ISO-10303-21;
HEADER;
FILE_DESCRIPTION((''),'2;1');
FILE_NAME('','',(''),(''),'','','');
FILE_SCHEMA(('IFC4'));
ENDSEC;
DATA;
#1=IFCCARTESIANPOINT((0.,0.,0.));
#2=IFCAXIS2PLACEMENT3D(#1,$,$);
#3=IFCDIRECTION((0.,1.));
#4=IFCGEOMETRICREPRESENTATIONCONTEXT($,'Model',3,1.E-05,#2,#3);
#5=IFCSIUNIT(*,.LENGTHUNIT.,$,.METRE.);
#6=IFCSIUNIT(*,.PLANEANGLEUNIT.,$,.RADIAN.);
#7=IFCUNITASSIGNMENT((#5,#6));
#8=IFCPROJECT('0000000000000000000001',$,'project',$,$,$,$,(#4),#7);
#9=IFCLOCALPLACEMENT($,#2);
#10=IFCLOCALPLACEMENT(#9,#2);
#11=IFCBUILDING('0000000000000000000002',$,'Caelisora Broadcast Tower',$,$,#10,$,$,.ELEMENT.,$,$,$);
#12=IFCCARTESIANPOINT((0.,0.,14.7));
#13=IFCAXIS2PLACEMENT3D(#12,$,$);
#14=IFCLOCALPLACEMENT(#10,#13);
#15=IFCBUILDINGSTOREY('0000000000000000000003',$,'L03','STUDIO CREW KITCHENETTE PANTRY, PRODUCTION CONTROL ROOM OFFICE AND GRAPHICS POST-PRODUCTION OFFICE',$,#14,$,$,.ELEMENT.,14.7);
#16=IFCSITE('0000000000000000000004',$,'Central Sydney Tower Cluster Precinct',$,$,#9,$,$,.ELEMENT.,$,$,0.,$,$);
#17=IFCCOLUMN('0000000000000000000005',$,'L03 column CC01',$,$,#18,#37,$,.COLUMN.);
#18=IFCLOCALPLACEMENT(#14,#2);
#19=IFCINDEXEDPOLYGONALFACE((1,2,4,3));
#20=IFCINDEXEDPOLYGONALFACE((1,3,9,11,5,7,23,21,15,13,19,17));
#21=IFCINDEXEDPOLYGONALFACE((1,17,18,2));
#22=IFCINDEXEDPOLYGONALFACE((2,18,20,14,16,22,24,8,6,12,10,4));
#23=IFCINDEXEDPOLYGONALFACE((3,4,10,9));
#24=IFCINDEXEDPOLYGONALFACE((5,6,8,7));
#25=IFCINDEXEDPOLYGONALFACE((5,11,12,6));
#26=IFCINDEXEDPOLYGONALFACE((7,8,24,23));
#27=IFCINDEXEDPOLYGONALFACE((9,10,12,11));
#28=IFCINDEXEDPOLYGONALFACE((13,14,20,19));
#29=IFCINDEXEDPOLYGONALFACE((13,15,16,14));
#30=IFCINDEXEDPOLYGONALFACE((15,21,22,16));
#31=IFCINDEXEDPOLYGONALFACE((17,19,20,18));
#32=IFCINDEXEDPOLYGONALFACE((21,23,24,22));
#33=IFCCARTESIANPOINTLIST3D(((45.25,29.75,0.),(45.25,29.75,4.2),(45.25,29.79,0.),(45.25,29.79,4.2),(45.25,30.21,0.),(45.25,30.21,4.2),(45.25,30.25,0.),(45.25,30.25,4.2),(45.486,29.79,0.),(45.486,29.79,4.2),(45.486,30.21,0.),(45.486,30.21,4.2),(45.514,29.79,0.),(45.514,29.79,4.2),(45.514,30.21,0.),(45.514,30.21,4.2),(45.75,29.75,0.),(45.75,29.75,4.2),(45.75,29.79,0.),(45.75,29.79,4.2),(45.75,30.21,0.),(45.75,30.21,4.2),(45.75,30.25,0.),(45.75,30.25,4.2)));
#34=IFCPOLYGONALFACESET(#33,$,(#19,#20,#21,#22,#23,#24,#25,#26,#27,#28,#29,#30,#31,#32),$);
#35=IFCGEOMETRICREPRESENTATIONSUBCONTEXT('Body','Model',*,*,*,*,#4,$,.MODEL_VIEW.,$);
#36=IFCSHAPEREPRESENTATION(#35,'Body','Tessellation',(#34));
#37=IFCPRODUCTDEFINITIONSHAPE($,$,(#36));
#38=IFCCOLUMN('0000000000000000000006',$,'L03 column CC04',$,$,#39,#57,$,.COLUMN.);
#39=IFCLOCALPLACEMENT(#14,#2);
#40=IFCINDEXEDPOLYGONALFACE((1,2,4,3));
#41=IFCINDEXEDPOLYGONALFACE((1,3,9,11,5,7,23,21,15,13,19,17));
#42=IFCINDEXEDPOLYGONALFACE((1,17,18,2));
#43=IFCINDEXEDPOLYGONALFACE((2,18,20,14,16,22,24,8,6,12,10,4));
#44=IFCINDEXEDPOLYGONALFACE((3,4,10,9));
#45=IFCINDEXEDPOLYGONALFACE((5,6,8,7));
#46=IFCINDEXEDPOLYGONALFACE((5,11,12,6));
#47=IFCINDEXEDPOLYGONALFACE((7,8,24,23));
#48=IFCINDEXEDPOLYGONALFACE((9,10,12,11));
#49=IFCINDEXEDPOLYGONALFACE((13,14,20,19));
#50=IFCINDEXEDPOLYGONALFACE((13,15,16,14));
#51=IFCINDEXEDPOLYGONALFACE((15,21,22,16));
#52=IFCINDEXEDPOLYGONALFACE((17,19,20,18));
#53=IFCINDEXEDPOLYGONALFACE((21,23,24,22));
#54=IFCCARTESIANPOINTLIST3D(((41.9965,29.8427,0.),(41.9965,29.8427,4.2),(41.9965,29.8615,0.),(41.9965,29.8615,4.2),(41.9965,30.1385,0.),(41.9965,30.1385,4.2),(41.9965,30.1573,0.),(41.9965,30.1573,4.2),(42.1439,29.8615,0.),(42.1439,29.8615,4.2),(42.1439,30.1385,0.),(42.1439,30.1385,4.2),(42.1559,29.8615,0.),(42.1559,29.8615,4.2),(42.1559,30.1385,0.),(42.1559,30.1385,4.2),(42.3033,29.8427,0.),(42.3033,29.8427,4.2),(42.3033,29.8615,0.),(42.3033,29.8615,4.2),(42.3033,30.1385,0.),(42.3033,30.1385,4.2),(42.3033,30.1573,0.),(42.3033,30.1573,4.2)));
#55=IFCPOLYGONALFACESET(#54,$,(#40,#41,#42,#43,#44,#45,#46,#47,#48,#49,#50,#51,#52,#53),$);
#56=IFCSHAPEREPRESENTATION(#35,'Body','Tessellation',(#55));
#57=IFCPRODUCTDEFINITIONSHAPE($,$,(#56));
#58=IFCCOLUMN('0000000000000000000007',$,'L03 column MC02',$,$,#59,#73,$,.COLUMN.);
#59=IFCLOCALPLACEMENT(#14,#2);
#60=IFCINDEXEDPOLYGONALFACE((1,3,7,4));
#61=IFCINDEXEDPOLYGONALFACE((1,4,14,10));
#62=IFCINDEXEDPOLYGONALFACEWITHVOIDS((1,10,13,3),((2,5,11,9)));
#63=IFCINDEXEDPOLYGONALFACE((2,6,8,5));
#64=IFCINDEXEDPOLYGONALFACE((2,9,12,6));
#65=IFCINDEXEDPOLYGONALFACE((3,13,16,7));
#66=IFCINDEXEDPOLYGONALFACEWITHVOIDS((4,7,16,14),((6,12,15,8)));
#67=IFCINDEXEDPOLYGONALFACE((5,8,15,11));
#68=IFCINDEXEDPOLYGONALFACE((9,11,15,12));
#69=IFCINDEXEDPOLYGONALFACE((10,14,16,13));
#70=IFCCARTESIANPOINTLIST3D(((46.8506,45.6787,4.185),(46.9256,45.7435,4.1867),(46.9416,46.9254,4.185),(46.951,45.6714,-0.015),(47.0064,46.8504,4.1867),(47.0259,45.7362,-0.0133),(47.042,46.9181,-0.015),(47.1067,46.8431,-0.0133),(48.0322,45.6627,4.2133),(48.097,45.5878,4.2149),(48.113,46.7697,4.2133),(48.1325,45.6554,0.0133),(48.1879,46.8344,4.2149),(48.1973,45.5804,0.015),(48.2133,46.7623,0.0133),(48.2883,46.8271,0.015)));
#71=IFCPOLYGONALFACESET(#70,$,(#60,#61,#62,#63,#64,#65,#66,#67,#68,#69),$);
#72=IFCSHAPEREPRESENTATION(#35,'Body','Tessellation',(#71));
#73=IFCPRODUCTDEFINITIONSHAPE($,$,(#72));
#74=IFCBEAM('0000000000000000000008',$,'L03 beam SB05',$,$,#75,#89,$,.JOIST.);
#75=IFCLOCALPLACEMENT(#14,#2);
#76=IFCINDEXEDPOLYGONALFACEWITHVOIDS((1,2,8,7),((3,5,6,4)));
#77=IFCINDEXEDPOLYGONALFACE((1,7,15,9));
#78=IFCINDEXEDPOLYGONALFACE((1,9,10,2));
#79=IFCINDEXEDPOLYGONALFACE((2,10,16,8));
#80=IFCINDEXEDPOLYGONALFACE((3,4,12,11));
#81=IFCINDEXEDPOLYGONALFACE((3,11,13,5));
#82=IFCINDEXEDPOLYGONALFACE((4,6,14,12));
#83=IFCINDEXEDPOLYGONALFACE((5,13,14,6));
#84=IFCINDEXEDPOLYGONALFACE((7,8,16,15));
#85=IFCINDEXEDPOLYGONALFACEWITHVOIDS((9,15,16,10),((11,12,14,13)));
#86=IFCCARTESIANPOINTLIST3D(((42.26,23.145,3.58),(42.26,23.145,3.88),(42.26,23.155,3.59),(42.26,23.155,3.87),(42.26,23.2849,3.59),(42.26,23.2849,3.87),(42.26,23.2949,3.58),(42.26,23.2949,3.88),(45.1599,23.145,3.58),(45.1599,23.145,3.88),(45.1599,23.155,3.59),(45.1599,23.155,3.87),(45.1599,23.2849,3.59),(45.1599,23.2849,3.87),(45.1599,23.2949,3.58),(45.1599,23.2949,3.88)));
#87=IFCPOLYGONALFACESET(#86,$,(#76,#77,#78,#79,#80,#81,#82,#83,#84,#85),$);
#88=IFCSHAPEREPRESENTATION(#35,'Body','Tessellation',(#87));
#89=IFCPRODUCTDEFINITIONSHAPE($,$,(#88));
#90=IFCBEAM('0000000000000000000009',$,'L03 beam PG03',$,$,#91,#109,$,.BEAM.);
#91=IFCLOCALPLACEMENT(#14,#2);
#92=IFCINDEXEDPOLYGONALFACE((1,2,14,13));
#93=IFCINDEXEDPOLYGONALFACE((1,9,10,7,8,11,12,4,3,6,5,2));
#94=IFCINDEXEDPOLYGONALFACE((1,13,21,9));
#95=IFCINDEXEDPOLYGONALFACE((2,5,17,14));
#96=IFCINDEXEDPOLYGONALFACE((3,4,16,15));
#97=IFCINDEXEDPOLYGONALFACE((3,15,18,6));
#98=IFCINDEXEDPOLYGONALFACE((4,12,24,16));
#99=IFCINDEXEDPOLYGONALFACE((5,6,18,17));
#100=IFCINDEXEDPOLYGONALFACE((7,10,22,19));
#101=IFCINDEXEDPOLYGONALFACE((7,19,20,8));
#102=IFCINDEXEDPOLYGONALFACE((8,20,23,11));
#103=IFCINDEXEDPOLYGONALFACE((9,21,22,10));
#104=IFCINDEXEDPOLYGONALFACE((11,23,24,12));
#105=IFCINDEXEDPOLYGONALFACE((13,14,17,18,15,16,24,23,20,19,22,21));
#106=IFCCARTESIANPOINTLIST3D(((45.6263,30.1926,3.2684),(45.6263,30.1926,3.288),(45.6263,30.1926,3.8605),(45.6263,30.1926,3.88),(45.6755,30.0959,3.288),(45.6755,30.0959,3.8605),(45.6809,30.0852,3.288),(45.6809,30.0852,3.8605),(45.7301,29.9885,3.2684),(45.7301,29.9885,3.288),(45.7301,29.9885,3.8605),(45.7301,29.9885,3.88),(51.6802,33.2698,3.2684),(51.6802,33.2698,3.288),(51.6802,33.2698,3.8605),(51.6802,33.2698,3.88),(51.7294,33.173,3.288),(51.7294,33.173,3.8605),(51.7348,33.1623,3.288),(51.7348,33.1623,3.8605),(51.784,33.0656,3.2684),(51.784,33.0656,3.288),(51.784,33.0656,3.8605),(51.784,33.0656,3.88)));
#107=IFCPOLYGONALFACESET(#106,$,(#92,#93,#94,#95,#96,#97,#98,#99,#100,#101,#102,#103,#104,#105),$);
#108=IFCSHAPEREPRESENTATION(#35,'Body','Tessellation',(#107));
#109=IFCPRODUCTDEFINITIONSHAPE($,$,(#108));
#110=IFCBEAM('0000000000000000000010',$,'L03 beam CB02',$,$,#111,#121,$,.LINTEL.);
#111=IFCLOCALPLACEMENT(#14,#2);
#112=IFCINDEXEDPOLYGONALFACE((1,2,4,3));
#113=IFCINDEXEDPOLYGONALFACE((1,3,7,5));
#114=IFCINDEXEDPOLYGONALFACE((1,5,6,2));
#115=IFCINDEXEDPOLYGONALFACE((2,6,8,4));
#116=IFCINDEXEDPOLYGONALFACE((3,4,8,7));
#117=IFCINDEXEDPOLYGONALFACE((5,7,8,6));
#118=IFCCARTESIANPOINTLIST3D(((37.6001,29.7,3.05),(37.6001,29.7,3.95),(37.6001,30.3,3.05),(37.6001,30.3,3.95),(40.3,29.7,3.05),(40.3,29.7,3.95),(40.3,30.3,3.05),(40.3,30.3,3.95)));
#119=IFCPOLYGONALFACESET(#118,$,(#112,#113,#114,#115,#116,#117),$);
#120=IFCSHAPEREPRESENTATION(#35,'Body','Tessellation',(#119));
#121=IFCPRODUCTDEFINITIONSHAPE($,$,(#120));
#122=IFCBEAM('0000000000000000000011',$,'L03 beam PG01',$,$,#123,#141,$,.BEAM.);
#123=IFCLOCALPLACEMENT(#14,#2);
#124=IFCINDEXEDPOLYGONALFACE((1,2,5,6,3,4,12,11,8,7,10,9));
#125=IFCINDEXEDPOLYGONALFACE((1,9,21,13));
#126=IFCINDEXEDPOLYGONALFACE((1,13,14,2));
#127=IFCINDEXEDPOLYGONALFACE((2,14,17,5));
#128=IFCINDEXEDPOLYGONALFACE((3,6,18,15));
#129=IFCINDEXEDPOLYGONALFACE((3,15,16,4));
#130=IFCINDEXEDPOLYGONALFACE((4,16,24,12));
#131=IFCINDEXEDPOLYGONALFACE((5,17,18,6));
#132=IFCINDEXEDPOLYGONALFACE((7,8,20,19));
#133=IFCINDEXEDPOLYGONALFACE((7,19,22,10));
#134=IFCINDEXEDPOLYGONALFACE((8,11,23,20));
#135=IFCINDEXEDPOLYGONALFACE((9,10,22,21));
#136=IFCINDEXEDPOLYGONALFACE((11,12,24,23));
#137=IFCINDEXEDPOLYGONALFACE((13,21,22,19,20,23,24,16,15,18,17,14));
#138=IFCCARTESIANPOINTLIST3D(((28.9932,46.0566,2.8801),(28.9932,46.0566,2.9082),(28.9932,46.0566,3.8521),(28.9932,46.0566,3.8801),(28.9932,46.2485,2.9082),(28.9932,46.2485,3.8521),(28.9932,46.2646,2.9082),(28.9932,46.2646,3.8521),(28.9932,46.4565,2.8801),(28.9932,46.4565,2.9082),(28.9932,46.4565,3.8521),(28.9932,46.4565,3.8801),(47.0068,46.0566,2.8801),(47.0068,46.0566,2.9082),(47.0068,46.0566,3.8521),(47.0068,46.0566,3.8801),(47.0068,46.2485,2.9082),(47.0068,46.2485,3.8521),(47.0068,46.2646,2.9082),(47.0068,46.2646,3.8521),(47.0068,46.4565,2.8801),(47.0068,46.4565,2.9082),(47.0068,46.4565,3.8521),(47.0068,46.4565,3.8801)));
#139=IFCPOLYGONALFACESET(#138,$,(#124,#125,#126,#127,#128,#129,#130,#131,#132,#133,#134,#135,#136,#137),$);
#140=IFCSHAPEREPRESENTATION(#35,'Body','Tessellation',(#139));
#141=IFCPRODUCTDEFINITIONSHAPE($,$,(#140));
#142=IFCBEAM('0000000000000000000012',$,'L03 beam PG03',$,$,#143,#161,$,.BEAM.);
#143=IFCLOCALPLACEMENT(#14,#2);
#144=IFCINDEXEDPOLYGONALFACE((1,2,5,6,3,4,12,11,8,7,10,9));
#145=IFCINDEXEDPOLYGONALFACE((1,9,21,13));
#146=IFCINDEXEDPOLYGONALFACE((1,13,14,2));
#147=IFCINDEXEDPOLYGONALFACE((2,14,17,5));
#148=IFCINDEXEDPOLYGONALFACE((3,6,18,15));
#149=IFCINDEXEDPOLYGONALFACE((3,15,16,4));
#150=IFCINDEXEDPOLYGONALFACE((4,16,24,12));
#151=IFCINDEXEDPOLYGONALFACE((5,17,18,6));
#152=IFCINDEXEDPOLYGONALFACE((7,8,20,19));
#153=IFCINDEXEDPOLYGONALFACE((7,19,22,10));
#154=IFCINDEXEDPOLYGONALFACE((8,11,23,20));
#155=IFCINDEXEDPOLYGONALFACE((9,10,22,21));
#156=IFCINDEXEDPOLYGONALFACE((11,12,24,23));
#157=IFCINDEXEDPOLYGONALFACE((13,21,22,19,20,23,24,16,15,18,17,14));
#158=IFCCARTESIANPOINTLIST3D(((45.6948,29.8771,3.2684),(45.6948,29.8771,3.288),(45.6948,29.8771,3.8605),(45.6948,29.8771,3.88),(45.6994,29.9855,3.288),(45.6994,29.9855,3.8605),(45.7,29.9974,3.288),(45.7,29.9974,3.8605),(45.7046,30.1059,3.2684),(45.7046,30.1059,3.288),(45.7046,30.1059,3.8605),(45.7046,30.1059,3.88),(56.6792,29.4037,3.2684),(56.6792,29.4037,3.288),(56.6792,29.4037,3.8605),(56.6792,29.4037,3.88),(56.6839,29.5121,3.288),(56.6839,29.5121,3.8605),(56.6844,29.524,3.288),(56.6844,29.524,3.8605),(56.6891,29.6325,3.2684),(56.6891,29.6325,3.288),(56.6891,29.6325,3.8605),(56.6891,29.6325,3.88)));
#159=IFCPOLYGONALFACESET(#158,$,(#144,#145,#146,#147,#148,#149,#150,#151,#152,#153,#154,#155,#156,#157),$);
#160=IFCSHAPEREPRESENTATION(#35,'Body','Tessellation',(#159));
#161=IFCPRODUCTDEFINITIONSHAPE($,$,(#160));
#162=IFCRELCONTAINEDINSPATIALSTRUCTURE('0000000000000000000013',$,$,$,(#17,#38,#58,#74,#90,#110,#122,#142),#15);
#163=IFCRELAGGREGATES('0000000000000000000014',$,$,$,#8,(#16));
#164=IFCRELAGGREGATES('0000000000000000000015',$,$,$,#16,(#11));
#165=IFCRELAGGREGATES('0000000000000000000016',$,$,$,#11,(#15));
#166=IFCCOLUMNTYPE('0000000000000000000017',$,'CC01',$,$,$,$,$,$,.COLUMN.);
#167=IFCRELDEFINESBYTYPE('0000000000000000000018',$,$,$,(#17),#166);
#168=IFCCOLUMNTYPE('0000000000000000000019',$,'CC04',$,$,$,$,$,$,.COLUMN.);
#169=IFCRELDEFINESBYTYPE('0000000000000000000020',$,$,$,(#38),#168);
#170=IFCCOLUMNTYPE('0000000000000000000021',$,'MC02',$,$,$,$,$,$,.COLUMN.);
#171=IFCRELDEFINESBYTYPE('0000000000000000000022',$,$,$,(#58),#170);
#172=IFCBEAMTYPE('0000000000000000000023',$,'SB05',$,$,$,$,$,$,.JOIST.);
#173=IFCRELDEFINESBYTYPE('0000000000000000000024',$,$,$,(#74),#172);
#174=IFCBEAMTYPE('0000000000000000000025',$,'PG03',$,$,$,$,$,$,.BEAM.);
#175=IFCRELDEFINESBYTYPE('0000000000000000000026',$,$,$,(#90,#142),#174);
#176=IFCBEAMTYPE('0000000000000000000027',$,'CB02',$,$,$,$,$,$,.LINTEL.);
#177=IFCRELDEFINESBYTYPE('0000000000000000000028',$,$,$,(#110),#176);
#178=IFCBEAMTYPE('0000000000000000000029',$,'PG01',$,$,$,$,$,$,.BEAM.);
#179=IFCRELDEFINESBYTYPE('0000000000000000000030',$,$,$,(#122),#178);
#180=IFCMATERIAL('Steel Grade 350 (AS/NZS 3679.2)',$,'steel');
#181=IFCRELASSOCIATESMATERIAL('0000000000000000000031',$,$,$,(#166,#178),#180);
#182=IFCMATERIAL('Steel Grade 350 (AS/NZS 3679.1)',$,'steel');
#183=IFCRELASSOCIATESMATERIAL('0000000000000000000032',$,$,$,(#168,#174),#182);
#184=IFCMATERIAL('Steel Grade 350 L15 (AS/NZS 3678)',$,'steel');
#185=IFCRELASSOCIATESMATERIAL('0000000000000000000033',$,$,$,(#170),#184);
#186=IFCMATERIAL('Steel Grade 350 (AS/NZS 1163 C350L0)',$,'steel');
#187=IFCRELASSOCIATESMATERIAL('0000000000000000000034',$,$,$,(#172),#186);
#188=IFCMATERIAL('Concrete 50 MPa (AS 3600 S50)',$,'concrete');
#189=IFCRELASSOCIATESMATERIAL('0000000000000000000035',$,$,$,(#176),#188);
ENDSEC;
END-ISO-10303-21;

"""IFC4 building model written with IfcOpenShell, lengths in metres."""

from ifc_helpers import new_model, si_unit, direction, frame, origin, origin_2d, place, context, subcontext, project, spatial, rectangle, hollow_rectangle, i_section, extrude, source, transform, mapped, material, material_profile, profile_set, type_object, type_shapes, element, save


model = new_model("IFC4")

# Units and contexts
model_context = context("Model", 3, precision=1e-05, world=origin(), true_north=direction((0.0, 1.0)))
body_context = subcontext(model_context, "Body", "Model", "MODEL_VIEW")
ifc_project = project(units=[si_unit("LENGTHUNIT", "METRE"), si_unit("PLANEANGLEUNIT", "RADIAN")], contexts=[model_context])

# Site, building, storey
site_placement = place(None, origin())
site = spatial("IfcSite", under=ifc_project, at=site_placement, Name="Central Sydney Tower Cluster Precinct", CompositionType="ELEMENT", RefElevation=0.0)
building_placement = place(site_placement, origin())
building = spatial("IfcBuilding", under=site, at=building_placement, Name="Caelisora Broadcast Tower", CompositionType="ELEMENT")
storey_placement = place(building_placement, frame((0.0, 0.0, 14.7)))
storey = spatial("IfcBuildingStorey", under=building, at=storey_placement, Name="L03", Description="STUDIO CREW KITCHENETTE PANTRY, PRODUCTION CONTROL ROOM OFFICE AND GRAPHICS POST-PRODUCTION OFFICE", CompositionType="ELEMENT", Elevation=14.7)

# Columns
ifc_material_1 = material(Name="Steel Grade 350 (AS/NZS 3679.2)", Category="steel")
ifc_material_profile_1 = material_profile(ifc_material_1, i_section(OverallWidth=0.5, OverallDepth=0.5, WebThickness=0.0281, FlangeThickness=0.04, at=origin_2d()), Name="Steel Grade 350 (AS/NZS 3679.2)")
ifc_profile_set_1 = profile_set([ifc_material_profile_1], Name="Steel Grade 350 (AS/NZS 3679.2)")
column_type_1 = type_object("IfcColumnType", Name="CC01", PredefinedType="COLUMN", material=ifc_profile_set_1)
shared_shape_1 = source(origin(), body_context, "Body", "SweptSolid", [
    extrude(i_section(OverallWidth=0.5, OverallDepth=0.5, WebThickness=0.0281, FlangeThickness=0.04, at=origin_2d()), origin(), (0.0, 0.0, 1.0), 4.2),
])
type_shapes(column_type_1, [shared_shape_1])
column_1_placement = place(storey_placement, frame((45.5, 30.0, 0.0), z_axis=(0.0, 0.0, 1.0), x_axis=(1.0, 0.0, 0.0)))
element("IfcColumn", 1, at=column_1_placement, inside=storey, type_object=column_type_1, Name="L03 column CC01", PredefinedType="COLUMN", context=body_context, shape_type="MappedRepresentation", body=[
    mapped(shared_shape_1, transform((0.0, 0.0, 0.0), scale=1.0)),
])
ifc_material_2 = material(Name="Steel Grade 350 (AS/NZS 3679.1)", Category="steel")
ifc_material_profile_2 = material_profile(ifc_material_2, i_section(OverallWidth=0.3069, OverallDepth=0.3147, WebThickness=0.012, FlangeThickness=0.0188, at=origin_2d()), Name="Steel Grade 350 (AS/NZS 3679.1)")
ifc_profile_set_2 = profile_set([ifc_material_profile_2], Name="Steel Grade 350 (AS/NZS 3679.1)")
column_type_2 = type_object("IfcColumnType", Name="CC04", PredefinedType="COLUMN", material=ifc_profile_set_2)
shared_shape_2 = source(origin(), body_context, "Body", "SweptSolid", [
    extrude(i_section(OverallWidth=0.3069, OverallDepth=0.3147, WebThickness=0.012, FlangeThickness=0.0188, at=origin_2d()), origin(), (0.0, 0.0, 1.0), 4.2),
])
type_shapes(column_type_2, [shared_shape_2])
column_2_placement = place(storey_placement, frame((42.1499, 30.0, 0.0), z_axis=(0.0, 0.0, 1.0), x_axis=(1.0, 0.0, 0.0)))
element("IfcColumn", 2, at=column_2_placement, inside=storey, type_object=column_type_2, Name="L03 column CC04", PredefinedType="COLUMN", context=body_context, shape_type="MappedRepresentation", body=[
    mapped(shared_shape_2, transform((0.0, 0.0, 0.0), scale=1.0)),
])
ifc_material_3 = material(Name="Steel Grade 350 L15 (AS/NZS 3678)", Category="steel")
ifc_material_profile_3 = material_profile(ifc_material_3, hollow_rectangle(XDim=1.25, YDim=1.25, WallThickness=0.0701, at=origin_2d()), Name="Steel Grade 350 L15 (AS/NZS 3678)")
ifc_profile_set_3 = profile_set([ifc_material_profile_3], Name="Steel Grade 350 L15 (AS/NZS 3678)")
column_type_3 = type_object("IfcColumnType", Name="MC02", PredefinedType="COLUMN", material=ifc_profile_set_3)
shared_shape_3 = source(origin(), body_context, "Body", "SweptSolid", [
    extrude(hollow_rectangle(XDim=1.25, YDim=1.25, WallThickness=0.0701, at=origin_2d()), origin(), (0.0, 0.0, 1.0), 4.2012),
])
type_shapes(column_type_3, [shared_shape_3])
column_3_placement = place(storey_placement, frame((47.6196, 46.2493, 0.0), z_axis=(-0.023884, 0.001743, 0.999713), x_axis=(-0.072799, -0.997347, 0.0)))
element("IfcColumn", 3, at=column_3_placement, inside=storey, type_object=column_type_3, Name="L03 column MC02", PredefinedType="COLUMN", context=body_context, shape_type="MappedRepresentation", body=[
    mapped(shared_shape_3, transform((0.0, 0.0, 0.0), scale=1.0)),
])

# Beams
ifc_material_4 = material(Name="Steel Grade 350 (AS/NZS 1163 C350L0)", Category="steel")
ifc_material_profile_4 = material_profile(ifc_material_4, hollow_rectangle(XDim=0.1499, YDim=0.3, WallThickness=0.01, at=origin_2d()), Name="Steel Grade 350 (AS/NZS 1163 C350L0)")
ifc_profile_set_4 = profile_set([ifc_material_profile_4], Name="Steel Grade 350 (AS/NZS 1163 C350L0)")
beam_type_1 = type_object("IfcBeamType", Name="SB05", PredefinedType="JOIST", material=ifc_profile_set_4)
shared_shape_4 = source(origin(), body_context, "Body", "SweptSolid", [
    extrude(hollow_rectangle(XDim=0.1499, YDim=0.3, WallThickness=0.01, at=origin_2d()), origin(), (0.0, 0.0, 1.0), 2.8999),
])
type_shapes(beam_type_1, [shared_shape_4])
beam_1_placement = place(storey_placement, frame((42.26, 23.22, 3.73), z_axis=(1.0, 0.0, 0.0), x_axis=(0.0, 1.0, 0.0)))
element("IfcBeam", 4, at=beam_1_placement, inside=storey, type_object=beam_type_1, Name="L03 beam SB05", PredefinedType="JOIST", context=body_context, shape_type="MappedRepresentation", body=[
    mapped(shared_shape_4, transform((0.0, 0.0, 0.0), scale=1.0)),
])
ifc_material_profile_5 = material_profile(ifc_material_2, i_section(OverallWidth=0.229, OverallDepth=0.6116, WebThickness=0.012, FlangeThickness=0.0195, at=origin_2d()), Name="Steel Grade 350 (AS/NZS 3679.1)")
ifc_profile_set_5 = profile_set([ifc_material_profile_5], Name="Steel Grade 350 (AS/NZS 3679.1)")
beam_type_2 = type_object("IfcBeamType", Name="PG03", PredefinedType="BEAM", material=ifc_profile_set_5)
shared_shape_5 = source(origin(), body_context, "Body", "SweptSolid", [
    extrude(i_section(OverallWidth=0.229, OverallDepth=0.6116, WebThickness=0.012, FlangeThickness=0.0195, at=origin_2d()), origin(), (0.0, 0.0, 1.0), 6.791),
])
beam_2_placement = place(storey_placement, frame((45.6782, 30.0906, 3.5742), z_axis=(0.891453, 0.453114, 0.0), x_axis=(-0.453114, 0.891453, 0.0)))
element("IfcBeam", 5, at=beam_2_placement, inside=storey, type_object=beam_type_2, Name="L03 beam PG03", PredefinedType="BEAM", context=body_context, shape_type="MappedRepresentation", body=[
    mapped(shared_shape_5, transform((0.0, 0.0, 0.0), scale=1.0)),
])
ifc_material_5 = material(Name="Concrete 50 MPa (AS 3600 S50)", Category="concrete")
ifc_material_profile_6 = material_profile(ifc_material_5, rectangle(XDim=0.6001, YDim=0.8999, at=origin_2d()), Name="Concrete 50 MPa (AS 3600 S50)")
ifc_profile_set_6 = profile_set([ifc_material_profile_6], Name="Concrete 50 MPa (AS 3600 S50)")
beam_type_3 = type_object("IfcBeamType", Name="CB02", PredefinedType="LINTEL", material=ifc_profile_set_6)
shared_shape_6 = source(origin(), body_context, "Body", "SweptSolid", [
    extrude(rectangle(XDim=0.6001, YDim=0.8999, at=origin_2d()), origin(), (0.0, 0.0, 1.0), 2.7),
])
type_shapes(beam_type_3, [shared_shape_6])
beam_3_placement = place(storey_placement, frame((37.6001, 30.0, 3.5), z_axis=(1.0, 0.0, 0.0), x_axis=(0.0, 1.0, 0.0)))
element("IfcBeam", 6, at=beam_3_placement, inside=storey, type_object=beam_type_3, Name="L03 beam CB02", PredefinedType="LINTEL", context=body_context, shape_type="MappedRepresentation", body=[
    mapped(shared_shape_6, transform((0.0, 0.0, 0.0), scale=1.0)),
])
ifc_material_profile_7 = material_profile(ifc_material_1, i_section(OverallWidth=0.3999, OverallDepth=1.0, WebThickness=0.0161, FlangeThickness=0.0281, at=origin_2d()), Name="Steel Grade 350 (AS/NZS 3679.2)")
ifc_profile_set_7 = profile_set([ifc_material_profile_7], Name="Steel Grade 350 (AS/NZS 3679.2)")
beam_type_4 = type_object("IfcBeamType", Name="PG01", PredefinedType="BEAM", material=ifc_profile_set_7)
shared_shape_7 = source(origin(), body_context, "Body", "SweptSolid", [
    extrude(i_section(OverallWidth=0.3999, OverallDepth=1.0, WebThickness=0.0161, FlangeThickness=0.0281, at=origin_2d()), origin(), (0.0, 0.0, 1.0), 18.0137),
])
type_shapes(beam_type_4, [shared_shape_7])
beam_4_placement = place(storey_placement, frame((47.0068, 46.2566, 3.3801), z_axis=(-1.0, 0.0, 0.0), x_axis=(0.0, -1.0, 0.0)))
element("IfcBeam", 7, at=beam_4_placement, inside=storey, type_object=beam_type_4, Name="L03 beam PG01", PredefinedType="BEAM", context=body_context, shape_type="MappedRepresentation", body=[
    mapped(shared_shape_7, transform((0.0, 0.0, 0.0), scale=1.0)),
])
shared_shape_8 = source(origin(), body_context, "Body", "SweptSolid", [
    extrude(i_section(OverallWidth=0.229, OverallDepth=0.6116, WebThickness=0.012, FlangeThickness=0.0195, at=origin_2d()), origin(), (0.0, 0.0, 1.0), 10.9946),
])
type_shapes(beam_type_2, [shared_shape_5, shared_shape_8])
beam_5_placement = place(storey_placement, frame((45.6997, 29.9915, 3.5742), z_axis=(0.999073, -0.043057, 0.0), x_axis=(0.043057, 0.999073, 0.0)))
element("IfcBeam", 8, at=beam_5_placement, inside=storey, type_object=beam_type_2, Name="L03 beam PG03", PredefinedType="BEAM", context=body_context, shape_type="MappedRepresentation", body=[
    mapped(shared_shape_8, transform((0.0, 0.0, 0.0), scale=1.0)),
])

save(model, "model.ifc")
